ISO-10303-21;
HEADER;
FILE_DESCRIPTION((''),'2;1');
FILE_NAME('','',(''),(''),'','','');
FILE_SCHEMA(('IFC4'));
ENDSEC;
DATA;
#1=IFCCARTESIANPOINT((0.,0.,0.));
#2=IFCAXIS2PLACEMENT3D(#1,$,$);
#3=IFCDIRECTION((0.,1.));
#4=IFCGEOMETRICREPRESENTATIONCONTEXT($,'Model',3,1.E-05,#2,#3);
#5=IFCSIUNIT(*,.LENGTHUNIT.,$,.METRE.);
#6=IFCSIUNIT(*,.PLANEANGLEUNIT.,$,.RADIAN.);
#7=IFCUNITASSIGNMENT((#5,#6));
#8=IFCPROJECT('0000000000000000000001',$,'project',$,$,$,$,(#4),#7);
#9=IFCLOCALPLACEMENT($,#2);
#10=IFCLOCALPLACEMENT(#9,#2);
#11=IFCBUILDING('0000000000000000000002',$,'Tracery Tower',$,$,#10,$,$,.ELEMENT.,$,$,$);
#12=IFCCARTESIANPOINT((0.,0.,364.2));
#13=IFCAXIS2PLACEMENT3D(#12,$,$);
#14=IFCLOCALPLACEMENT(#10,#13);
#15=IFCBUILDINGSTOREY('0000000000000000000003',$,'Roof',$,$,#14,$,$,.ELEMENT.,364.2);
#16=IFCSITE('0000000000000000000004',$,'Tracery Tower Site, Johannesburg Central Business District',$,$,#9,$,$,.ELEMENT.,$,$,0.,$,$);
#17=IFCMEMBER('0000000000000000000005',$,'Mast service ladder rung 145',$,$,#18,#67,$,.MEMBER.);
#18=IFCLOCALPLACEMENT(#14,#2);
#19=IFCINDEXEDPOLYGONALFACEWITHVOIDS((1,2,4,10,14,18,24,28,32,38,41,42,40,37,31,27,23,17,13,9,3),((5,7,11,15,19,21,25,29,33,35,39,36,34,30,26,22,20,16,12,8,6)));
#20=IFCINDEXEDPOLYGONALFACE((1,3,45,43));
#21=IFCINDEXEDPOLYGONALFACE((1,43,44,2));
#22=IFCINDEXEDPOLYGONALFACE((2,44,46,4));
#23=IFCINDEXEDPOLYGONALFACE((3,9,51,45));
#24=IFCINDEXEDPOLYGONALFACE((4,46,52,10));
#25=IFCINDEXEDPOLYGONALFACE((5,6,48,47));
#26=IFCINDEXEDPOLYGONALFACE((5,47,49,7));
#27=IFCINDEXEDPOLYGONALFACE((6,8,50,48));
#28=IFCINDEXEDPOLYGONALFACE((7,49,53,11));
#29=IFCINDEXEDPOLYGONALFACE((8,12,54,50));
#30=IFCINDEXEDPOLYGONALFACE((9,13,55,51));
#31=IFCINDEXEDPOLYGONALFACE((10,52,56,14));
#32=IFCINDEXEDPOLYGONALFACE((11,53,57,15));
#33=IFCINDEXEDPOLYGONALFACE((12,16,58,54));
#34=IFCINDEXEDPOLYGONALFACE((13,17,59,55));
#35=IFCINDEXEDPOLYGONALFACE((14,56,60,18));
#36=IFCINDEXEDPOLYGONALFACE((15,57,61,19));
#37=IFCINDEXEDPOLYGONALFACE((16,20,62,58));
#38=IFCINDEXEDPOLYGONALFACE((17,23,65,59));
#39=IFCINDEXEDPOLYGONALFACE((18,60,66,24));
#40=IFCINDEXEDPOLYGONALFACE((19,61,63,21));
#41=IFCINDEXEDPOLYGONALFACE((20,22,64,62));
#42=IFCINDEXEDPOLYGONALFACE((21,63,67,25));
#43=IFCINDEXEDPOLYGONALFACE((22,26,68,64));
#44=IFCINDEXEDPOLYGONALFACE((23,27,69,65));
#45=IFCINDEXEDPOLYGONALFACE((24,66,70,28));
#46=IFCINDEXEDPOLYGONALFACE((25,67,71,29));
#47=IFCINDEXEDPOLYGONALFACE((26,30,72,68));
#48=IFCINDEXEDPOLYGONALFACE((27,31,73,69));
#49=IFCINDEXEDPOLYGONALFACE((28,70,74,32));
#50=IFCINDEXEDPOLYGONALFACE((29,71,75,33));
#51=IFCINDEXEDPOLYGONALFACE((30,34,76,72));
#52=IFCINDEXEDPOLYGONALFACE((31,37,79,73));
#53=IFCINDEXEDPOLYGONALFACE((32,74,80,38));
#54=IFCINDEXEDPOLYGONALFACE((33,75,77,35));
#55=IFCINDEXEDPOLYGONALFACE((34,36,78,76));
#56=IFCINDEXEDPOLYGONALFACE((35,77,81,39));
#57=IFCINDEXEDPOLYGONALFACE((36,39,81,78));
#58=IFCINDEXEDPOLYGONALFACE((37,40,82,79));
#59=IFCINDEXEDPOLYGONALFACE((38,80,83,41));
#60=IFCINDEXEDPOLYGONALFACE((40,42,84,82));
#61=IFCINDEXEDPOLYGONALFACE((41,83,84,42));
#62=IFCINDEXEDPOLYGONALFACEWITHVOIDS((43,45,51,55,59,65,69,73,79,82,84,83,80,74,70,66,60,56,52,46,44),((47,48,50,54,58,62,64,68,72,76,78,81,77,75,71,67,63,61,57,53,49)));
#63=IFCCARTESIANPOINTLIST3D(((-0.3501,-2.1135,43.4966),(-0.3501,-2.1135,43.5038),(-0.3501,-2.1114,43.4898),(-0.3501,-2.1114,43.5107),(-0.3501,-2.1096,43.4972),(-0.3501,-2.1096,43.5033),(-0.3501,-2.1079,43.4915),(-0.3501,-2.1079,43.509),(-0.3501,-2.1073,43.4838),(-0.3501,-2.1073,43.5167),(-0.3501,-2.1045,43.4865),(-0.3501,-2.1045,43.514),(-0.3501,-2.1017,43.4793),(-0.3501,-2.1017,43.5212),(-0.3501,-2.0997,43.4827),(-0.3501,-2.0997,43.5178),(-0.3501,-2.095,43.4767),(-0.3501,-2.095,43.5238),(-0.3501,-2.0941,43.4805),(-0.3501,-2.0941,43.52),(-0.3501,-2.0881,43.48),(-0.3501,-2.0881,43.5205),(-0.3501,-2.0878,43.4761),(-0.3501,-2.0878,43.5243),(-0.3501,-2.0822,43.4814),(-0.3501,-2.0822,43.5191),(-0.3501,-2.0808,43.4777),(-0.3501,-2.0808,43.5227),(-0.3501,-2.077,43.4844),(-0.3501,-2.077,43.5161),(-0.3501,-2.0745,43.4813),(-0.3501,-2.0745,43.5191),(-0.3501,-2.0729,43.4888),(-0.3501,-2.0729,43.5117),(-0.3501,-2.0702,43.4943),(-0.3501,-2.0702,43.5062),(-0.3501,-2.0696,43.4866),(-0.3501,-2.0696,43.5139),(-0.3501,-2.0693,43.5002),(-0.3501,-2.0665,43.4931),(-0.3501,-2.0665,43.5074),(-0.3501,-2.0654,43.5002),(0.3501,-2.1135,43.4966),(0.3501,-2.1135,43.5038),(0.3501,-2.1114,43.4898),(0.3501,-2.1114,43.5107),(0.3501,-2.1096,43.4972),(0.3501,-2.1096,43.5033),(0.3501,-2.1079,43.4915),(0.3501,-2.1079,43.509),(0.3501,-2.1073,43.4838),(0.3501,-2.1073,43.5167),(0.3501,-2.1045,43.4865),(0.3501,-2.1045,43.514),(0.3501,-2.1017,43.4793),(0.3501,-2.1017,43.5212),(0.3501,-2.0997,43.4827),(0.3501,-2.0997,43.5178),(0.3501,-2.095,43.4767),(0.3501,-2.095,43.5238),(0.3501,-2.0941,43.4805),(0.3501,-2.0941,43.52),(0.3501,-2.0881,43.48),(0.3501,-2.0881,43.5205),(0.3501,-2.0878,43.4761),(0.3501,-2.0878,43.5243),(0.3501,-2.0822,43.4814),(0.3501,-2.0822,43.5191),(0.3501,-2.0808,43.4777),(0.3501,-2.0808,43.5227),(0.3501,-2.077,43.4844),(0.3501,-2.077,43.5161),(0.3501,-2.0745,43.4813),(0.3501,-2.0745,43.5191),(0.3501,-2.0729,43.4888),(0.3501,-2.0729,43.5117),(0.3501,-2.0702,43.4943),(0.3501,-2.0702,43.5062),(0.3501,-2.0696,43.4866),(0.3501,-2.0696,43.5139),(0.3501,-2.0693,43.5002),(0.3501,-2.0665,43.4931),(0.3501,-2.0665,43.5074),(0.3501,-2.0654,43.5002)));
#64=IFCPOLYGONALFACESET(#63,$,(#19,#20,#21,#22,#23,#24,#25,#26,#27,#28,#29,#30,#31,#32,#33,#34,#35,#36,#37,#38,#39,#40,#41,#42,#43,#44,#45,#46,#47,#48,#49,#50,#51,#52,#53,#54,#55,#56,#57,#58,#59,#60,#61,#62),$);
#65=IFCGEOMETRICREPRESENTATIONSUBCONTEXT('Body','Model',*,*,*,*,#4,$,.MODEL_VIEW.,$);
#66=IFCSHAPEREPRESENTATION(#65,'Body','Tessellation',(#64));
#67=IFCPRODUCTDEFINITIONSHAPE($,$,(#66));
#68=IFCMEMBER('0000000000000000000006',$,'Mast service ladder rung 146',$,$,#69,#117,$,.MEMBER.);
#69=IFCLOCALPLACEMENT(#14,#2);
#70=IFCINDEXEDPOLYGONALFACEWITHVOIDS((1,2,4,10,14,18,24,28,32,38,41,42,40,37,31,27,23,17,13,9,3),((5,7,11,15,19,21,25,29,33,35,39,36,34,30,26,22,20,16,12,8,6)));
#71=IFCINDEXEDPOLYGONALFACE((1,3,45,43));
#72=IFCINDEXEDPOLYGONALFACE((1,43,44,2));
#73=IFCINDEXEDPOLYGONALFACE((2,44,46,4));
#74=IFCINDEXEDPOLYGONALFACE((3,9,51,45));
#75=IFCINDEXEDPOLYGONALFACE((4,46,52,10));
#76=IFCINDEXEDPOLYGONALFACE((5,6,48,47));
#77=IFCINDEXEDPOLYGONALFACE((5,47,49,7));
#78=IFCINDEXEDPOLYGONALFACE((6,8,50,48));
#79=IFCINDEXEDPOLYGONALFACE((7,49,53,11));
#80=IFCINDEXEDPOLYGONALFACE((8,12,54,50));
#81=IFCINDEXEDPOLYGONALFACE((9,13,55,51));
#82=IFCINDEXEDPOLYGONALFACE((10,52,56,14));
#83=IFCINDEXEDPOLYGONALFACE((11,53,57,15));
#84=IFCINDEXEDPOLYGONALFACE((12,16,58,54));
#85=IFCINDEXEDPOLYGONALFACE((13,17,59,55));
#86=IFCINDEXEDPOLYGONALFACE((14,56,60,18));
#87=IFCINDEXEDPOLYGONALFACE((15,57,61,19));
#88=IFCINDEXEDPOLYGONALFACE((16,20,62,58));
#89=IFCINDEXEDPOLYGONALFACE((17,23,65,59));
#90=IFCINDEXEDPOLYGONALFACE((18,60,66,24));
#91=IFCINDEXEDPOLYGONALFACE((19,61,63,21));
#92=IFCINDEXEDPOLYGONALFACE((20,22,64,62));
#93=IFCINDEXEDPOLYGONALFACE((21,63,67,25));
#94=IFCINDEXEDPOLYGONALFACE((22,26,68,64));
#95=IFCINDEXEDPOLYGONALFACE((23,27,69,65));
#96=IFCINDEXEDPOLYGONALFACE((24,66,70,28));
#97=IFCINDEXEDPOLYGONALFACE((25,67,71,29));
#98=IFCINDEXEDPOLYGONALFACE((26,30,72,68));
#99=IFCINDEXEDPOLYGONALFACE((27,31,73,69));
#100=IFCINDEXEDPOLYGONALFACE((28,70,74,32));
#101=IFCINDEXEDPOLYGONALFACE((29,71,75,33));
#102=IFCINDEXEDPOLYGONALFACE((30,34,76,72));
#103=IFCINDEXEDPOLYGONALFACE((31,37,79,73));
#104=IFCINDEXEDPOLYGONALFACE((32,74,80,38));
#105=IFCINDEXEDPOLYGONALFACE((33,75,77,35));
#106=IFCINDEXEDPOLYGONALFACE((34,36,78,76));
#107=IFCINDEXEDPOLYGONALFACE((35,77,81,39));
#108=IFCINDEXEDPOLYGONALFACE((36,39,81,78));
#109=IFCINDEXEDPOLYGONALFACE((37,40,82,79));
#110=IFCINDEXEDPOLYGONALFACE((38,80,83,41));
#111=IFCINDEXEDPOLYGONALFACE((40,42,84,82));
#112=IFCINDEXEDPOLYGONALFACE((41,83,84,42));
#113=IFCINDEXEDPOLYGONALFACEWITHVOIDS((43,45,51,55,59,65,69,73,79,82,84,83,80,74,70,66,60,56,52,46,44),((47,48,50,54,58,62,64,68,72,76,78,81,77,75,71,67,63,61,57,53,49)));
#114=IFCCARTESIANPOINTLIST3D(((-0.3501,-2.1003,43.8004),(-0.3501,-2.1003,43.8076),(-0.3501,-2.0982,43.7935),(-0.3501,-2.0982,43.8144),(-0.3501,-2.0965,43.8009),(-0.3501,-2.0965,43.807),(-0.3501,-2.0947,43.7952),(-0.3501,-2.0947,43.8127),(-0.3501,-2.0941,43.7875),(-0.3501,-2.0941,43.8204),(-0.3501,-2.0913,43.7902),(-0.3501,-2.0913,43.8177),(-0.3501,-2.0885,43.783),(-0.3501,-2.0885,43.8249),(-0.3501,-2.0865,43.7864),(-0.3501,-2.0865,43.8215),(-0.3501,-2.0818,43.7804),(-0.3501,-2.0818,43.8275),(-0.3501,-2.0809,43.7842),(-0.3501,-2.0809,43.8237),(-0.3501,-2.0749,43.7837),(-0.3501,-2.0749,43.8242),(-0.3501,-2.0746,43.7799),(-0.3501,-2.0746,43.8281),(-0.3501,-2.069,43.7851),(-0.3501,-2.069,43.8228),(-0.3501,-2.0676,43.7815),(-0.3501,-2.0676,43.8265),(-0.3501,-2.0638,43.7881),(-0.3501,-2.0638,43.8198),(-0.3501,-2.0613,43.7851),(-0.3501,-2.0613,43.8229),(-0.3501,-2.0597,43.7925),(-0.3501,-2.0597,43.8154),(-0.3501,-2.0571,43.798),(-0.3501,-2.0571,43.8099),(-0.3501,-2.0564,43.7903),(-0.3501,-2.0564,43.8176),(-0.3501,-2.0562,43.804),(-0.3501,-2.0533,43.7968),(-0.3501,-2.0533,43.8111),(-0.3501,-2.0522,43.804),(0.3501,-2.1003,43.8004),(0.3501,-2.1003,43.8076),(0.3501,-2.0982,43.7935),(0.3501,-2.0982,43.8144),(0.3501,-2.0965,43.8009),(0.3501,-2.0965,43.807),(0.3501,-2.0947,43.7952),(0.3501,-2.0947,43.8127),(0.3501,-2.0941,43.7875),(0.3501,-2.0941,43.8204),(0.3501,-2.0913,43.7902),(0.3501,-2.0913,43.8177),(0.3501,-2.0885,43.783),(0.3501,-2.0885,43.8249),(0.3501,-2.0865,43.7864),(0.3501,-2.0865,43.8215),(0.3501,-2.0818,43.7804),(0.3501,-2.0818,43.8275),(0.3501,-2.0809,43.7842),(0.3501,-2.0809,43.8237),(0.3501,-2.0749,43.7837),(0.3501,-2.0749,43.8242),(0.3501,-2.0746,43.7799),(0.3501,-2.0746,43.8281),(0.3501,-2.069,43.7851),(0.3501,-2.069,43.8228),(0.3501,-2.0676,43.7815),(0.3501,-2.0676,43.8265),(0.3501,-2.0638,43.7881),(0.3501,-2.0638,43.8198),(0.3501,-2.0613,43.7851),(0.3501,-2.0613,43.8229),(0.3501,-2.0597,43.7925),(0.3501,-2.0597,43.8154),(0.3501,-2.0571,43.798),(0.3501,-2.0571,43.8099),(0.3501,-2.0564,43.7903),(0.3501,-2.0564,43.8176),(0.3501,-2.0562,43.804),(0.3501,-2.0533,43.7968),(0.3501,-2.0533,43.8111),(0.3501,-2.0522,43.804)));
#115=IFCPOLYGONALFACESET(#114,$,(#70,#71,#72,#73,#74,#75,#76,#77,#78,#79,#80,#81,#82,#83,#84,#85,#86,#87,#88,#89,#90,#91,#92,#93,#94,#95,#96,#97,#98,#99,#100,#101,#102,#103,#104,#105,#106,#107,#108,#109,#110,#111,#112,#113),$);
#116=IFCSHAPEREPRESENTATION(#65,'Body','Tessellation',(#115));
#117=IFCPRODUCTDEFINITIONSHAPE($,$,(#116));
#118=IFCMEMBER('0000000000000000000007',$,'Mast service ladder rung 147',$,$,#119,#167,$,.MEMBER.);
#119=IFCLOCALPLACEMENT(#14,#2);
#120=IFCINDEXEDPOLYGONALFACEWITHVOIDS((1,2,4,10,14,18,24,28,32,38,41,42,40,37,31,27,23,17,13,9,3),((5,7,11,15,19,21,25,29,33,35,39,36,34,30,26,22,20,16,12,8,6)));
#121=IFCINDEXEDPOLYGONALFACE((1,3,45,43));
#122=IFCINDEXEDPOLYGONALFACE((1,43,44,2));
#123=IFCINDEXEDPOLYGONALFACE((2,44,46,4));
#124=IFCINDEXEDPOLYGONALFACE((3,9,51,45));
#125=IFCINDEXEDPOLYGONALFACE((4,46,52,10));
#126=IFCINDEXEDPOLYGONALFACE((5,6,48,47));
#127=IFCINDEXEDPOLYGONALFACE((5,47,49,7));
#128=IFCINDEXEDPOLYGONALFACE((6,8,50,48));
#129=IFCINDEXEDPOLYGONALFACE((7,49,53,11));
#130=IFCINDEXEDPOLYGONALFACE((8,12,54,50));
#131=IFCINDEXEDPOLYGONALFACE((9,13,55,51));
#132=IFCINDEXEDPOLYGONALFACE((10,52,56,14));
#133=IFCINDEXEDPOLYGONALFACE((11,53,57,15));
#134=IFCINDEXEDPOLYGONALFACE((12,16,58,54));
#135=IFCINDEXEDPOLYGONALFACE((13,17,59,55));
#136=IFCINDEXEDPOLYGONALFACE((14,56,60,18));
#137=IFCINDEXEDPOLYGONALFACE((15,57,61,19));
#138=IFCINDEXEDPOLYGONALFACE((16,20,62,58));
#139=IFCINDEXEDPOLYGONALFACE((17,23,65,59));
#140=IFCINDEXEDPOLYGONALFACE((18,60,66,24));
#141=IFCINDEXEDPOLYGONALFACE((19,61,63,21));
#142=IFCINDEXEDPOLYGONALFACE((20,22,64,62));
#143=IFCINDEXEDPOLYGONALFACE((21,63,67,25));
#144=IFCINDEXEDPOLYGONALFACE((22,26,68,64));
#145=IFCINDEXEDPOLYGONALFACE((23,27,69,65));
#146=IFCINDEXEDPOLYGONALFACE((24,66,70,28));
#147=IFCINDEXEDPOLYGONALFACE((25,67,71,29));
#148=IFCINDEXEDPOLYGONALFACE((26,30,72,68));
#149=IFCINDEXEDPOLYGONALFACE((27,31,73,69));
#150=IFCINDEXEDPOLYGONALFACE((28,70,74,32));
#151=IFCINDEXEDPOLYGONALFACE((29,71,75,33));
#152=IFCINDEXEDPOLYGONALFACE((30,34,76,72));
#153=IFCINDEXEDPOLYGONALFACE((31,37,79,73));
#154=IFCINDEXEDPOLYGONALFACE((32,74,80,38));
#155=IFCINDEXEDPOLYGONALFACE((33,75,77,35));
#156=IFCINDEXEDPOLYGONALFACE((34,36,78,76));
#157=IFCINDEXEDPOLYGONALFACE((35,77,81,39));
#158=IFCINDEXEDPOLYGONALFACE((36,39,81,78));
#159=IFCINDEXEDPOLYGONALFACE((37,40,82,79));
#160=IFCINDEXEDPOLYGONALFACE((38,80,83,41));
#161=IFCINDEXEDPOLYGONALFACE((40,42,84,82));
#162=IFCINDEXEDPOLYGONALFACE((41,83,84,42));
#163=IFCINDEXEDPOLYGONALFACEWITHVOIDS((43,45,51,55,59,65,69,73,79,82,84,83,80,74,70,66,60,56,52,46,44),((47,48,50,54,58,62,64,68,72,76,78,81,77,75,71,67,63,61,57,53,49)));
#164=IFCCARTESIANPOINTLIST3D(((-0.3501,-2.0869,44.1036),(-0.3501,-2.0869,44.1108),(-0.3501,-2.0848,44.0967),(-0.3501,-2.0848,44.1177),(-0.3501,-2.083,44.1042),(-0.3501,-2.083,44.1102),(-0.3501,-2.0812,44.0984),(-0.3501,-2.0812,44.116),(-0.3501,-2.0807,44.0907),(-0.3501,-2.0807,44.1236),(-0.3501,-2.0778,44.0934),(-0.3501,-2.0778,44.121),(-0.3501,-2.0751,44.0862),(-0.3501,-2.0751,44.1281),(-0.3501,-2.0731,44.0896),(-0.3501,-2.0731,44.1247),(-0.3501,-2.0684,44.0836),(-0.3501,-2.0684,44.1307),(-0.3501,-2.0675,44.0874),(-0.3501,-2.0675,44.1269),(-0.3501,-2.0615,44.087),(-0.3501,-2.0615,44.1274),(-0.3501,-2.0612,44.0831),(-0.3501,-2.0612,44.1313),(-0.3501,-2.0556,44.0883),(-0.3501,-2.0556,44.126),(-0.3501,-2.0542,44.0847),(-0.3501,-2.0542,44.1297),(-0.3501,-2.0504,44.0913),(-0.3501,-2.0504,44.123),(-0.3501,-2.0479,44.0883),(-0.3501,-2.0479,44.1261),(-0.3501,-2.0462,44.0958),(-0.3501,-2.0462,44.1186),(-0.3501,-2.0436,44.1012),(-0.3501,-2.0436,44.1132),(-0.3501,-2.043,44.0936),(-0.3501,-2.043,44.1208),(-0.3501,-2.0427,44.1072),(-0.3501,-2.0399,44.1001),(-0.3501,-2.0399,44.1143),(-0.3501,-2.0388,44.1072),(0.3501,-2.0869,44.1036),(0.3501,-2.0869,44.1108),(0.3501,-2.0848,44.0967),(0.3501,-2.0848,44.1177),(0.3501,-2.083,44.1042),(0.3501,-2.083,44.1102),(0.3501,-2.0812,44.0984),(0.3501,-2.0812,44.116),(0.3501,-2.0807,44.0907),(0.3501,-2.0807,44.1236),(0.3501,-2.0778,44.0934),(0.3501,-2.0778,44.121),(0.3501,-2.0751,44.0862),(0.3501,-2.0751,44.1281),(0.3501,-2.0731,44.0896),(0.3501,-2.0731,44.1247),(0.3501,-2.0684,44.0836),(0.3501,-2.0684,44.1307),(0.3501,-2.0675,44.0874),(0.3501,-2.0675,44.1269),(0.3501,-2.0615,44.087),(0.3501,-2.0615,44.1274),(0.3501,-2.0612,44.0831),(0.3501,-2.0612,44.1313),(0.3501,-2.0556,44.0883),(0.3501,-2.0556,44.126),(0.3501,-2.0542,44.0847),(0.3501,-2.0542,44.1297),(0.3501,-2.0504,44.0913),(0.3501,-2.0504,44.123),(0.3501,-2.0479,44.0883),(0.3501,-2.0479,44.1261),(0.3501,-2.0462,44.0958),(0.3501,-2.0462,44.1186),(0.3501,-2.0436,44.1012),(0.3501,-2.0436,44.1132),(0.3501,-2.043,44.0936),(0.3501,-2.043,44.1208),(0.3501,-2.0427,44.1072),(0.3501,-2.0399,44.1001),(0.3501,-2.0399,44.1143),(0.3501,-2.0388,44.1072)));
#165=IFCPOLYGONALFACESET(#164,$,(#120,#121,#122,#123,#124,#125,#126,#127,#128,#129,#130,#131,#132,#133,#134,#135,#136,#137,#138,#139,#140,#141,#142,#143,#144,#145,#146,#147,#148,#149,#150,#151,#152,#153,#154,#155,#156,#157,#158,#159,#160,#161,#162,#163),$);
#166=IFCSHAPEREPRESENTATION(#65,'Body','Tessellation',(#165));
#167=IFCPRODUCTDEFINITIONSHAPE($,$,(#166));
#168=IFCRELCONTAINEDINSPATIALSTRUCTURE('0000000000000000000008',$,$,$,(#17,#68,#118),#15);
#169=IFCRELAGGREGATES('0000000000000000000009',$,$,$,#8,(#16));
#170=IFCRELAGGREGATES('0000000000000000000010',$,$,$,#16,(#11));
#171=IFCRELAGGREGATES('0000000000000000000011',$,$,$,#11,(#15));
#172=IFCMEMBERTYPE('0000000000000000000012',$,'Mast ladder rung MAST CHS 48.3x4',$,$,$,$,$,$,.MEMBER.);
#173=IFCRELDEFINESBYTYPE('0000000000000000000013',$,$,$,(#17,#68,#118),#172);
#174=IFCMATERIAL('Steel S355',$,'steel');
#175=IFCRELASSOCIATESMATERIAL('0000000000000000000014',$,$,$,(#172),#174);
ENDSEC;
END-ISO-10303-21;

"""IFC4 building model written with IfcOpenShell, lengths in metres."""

from ifc_helpers import new_model, si_unit, direction, frame, origin, origin_2d, place, context, subcontext, project, spatial, hollow_circle, extrude, material, material_profile, profile_set, type_object, element, save


model = new_model("IFC4")

# Units and contexts
model_context = context("Model", 3, precision=1e-05, world=origin(), true_north=direction((0.0, 1.0)))
body_context = subcontext(model_context, "Body", "Model", "MODEL_VIEW")
ifc_project = project(units=[si_unit("LENGTHUNIT", "METRE"), si_unit("PLANEANGLEUNIT", "RADIAN")], contexts=[model_context])

# Site, building, storey
site_placement = place(None, origin())
site = spatial("IfcSite", under=ifc_project, at=site_placement, Name="Tracery Tower Site, Johannesburg Central Business District", CompositionType="ELEMENT", RefElevation=0.0)
building_placement = place(site_placement, origin())
building = spatial("IfcBuilding", under=site, at=building_placement, Name="Tracery Tower", CompositionType="ELEMENT")
storey_placement = place(building_placement, frame((0.0, 0.0, 364.2)))
storey = spatial("IfcBuildingStorey", under=building, at=storey_placement, Name="Roof", CompositionType="ELEMENT", Elevation=364.2)

# Members
ifc_material_1 = material(Name="Steel S355", Category="steel")
ifc_material_profile_1 = material_profile(ifc_material_1, hollow_circle(Radius=0.0242, WallThickness=0.0039, at=origin_2d()), Name="CHS 48.3x4")
ifc_profile_set_1 = profile_set([ifc_material_profile_1], Name="Steel S355")
member_type_1 = type_object("IfcMemberType", Name="Mast ladder rung MAST CHS 48.3x4", PredefinedType="MEMBER", material=ifc_profile_set_1)
for number, where, z_axis, x_axis, name in (
    (1, (-0.3501, -2.0896, 43.5002), (1.0, 0.0, 0.0), (0.0, 1.0, 0.0), "Mast service ladder rung 145"),
    (2, (-0.3501, -2.0764, 43.804), (1.0, 0.0, 0.0), (0.0, 1.0, 0.0), "Mast service ladder rung 146"),
    (3, (-0.3501, -2.063, 44.1072), (1.0, 0.0, 0.0), (0.0, 1.0, 0.0), "Mast service ladder rung 147"),
):
    element("IfcMember", number, at=place(storey_placement, frame(where, z_axis=z_axis, x_axis=x_axis)), inside=storey, type_object=member_type_1, Name=name, PredefinedType="MEMBER", context=body_context, shape_type="SweptSolid", body=[
        extrude(hollow_circle(Radius=0.0242, WallThickness=0.0039, at=origin_2d()), origin(), (0.0, 0.0, 1.0), 0.7002),
    ])

save(model, "model.ifc")
